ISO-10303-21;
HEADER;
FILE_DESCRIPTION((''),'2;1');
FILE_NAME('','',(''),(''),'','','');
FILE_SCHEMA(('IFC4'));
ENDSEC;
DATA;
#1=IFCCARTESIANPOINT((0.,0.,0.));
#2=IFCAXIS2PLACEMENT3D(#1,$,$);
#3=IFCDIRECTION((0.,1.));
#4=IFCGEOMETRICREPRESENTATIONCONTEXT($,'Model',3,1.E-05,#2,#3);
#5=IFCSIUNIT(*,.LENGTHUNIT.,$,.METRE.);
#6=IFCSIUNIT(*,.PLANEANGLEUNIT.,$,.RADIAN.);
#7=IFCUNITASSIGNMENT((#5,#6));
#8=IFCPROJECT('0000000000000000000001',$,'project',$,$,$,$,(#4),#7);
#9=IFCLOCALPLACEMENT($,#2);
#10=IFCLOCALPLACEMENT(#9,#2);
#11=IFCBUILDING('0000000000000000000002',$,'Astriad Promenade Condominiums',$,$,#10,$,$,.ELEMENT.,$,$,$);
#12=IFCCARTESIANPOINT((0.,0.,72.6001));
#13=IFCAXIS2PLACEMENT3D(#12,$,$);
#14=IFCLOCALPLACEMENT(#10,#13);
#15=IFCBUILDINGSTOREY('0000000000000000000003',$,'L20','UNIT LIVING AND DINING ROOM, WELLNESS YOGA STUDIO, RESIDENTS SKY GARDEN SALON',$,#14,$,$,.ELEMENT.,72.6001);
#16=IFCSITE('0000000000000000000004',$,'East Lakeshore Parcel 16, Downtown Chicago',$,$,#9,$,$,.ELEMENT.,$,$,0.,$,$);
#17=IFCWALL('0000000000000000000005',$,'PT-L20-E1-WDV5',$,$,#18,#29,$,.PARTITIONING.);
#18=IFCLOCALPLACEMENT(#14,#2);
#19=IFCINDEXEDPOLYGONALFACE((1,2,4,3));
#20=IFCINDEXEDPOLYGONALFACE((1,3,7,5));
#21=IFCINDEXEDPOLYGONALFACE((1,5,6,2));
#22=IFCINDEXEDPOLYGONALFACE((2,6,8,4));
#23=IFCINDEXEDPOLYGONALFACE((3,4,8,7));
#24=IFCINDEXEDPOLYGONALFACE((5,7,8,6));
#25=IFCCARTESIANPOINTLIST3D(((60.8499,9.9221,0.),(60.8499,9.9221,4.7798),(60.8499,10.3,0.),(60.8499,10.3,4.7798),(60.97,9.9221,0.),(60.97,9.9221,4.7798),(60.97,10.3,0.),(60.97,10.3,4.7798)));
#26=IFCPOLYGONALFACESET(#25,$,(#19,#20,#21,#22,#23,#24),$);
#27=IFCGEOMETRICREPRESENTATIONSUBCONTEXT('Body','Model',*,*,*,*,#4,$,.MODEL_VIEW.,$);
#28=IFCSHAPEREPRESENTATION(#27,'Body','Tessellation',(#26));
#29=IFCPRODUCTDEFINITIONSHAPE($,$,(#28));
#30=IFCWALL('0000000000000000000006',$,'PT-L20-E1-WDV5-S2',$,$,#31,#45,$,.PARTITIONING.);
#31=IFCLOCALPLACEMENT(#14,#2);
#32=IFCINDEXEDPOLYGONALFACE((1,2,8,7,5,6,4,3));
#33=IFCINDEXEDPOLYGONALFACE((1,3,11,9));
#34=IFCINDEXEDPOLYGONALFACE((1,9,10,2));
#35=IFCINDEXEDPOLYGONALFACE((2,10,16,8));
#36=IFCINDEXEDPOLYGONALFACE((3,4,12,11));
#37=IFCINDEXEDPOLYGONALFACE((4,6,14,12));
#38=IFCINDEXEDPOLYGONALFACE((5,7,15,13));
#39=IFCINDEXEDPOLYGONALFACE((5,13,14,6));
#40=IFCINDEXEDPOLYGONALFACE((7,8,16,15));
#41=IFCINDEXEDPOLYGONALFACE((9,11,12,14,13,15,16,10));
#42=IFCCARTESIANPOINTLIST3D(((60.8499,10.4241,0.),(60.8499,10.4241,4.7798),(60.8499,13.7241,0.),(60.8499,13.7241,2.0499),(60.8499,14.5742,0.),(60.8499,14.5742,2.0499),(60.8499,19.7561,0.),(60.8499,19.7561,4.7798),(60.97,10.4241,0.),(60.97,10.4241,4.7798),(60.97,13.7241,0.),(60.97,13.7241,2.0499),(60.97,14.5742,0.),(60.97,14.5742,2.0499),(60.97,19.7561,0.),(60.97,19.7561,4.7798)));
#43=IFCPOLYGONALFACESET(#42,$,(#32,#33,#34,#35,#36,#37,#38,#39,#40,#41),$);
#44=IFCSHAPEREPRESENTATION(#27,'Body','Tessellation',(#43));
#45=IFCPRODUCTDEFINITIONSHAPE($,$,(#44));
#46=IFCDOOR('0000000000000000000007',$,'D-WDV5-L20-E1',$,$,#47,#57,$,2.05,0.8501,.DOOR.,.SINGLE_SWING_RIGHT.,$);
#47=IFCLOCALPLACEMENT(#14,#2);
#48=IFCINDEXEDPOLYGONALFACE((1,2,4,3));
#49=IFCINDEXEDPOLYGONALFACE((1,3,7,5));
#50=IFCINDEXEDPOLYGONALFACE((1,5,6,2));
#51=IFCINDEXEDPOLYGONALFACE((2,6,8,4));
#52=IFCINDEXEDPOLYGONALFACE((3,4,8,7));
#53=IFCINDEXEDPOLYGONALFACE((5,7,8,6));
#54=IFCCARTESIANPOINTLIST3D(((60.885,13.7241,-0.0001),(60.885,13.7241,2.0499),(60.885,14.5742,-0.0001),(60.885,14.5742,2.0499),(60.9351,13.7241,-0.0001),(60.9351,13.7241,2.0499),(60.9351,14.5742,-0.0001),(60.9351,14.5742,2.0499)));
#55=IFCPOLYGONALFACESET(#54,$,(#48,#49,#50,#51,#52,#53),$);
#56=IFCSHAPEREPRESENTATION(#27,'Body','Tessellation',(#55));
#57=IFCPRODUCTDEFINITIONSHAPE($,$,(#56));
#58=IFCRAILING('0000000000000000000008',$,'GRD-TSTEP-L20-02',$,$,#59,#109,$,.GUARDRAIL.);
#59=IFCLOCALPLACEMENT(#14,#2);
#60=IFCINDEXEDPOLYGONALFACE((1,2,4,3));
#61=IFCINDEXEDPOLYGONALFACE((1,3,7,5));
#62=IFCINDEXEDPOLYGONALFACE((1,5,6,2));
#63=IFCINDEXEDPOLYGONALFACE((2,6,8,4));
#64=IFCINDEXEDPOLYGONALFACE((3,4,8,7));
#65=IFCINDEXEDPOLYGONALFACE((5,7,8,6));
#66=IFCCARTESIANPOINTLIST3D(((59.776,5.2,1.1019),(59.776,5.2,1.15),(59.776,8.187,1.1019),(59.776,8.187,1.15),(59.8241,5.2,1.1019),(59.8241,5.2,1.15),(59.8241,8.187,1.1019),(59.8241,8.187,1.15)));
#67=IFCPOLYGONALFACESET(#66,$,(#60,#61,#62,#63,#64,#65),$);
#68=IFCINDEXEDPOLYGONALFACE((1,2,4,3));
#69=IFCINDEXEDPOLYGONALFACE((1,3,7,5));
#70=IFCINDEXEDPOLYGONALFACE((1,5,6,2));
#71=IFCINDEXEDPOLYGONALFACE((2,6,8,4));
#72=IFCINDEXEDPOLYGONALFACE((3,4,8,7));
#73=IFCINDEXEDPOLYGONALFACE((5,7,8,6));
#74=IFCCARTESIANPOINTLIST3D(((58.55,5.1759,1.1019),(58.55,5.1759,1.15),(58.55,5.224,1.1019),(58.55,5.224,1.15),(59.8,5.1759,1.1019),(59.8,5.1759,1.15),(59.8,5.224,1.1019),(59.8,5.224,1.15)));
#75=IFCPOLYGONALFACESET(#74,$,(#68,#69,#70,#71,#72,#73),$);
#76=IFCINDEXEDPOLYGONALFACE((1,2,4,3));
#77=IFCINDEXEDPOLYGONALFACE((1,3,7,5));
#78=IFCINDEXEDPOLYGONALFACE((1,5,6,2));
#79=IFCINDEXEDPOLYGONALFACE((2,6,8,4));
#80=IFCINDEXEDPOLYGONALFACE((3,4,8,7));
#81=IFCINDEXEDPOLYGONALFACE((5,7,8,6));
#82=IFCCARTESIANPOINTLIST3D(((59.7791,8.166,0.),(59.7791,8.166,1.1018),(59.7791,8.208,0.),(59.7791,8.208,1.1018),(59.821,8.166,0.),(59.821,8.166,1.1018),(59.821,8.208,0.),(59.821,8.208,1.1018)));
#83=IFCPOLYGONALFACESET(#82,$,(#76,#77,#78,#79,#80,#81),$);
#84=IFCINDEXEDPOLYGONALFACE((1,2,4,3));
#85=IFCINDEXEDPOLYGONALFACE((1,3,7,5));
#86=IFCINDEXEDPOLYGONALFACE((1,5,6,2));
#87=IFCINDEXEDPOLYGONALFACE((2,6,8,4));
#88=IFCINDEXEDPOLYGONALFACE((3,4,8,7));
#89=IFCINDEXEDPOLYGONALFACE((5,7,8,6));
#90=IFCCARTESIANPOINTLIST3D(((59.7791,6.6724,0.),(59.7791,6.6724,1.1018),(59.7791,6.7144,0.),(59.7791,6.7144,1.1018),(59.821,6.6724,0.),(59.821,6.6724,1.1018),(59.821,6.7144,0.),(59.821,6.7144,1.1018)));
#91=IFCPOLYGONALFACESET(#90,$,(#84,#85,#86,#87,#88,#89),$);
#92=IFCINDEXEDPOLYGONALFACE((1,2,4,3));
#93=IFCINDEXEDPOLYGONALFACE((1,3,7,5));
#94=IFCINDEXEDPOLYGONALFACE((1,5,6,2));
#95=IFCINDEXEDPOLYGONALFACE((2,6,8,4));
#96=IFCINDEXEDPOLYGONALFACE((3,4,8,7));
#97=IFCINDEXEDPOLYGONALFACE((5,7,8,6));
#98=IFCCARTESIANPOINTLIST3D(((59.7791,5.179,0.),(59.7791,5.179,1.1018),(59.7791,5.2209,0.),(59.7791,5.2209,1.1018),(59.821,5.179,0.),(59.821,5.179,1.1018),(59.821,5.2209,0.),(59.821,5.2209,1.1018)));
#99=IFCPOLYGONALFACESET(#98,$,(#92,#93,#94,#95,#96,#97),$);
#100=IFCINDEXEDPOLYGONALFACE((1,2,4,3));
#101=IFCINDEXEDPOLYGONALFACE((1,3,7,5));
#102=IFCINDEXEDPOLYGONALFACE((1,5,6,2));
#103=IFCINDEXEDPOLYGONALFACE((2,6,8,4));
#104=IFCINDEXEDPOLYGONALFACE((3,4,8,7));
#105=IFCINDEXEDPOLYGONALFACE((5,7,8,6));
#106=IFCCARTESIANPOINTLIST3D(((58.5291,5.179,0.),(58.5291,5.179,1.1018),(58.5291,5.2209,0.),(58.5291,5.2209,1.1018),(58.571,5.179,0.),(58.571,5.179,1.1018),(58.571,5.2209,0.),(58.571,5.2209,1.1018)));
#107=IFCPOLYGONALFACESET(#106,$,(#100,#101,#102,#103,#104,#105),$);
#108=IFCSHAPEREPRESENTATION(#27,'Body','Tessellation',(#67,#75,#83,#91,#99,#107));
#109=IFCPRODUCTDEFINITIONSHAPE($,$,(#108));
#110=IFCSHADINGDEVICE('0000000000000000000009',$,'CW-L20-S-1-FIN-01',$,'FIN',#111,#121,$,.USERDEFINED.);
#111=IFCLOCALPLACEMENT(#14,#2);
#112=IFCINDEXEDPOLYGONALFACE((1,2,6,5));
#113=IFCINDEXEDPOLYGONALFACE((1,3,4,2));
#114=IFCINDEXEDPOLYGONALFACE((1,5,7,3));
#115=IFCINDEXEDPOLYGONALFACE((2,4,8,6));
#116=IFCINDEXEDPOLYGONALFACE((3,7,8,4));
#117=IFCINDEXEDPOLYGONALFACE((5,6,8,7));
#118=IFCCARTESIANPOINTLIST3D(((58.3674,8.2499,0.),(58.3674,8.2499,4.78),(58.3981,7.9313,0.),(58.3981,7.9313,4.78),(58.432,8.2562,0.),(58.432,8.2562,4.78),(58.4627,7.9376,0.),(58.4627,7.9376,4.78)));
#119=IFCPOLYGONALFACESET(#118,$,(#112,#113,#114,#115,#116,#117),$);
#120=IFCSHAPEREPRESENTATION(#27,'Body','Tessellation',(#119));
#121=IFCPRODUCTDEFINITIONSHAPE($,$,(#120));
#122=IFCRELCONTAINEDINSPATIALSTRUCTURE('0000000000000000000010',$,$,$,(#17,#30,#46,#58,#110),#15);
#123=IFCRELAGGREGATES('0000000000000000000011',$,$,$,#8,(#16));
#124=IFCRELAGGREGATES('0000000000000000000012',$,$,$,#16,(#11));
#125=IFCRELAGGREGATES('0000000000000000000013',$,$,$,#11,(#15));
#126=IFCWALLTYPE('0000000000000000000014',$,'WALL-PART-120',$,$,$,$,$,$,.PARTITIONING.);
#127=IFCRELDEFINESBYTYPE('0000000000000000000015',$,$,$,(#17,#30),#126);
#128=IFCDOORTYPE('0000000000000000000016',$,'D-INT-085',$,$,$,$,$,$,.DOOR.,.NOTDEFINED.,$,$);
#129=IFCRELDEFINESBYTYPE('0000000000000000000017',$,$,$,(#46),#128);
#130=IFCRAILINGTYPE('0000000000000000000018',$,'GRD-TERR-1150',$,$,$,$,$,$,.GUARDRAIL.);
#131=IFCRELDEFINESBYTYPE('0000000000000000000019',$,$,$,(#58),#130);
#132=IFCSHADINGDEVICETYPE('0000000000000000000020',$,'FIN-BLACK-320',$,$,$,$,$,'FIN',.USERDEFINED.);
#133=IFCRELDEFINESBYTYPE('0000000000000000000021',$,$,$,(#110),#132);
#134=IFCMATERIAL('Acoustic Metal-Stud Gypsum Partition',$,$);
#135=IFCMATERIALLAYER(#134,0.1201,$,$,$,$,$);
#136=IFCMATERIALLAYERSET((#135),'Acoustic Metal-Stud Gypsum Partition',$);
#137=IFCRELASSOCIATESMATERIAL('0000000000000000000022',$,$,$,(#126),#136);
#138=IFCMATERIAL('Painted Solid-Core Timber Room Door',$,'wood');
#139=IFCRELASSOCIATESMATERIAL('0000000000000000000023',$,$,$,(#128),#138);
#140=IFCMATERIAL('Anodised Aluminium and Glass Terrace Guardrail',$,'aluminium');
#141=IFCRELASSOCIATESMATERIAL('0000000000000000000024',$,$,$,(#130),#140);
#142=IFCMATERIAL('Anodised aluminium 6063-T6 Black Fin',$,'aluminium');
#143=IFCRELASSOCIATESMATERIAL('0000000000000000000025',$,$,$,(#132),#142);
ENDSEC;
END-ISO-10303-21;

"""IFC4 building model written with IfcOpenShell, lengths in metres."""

from ifc_helpers import new_model, si_unit, direction, frame, frame_2d, origin, origin_2d, place, context, subcontext, project, spatial, rectangle, extrude, source, transform, mapped, material, layer, layer_set, type_object, type_shapes, element, fill, save


model = new_model("IFC4")

# Units and contexts
model_context = context("Model", 3, precision=1e-05, world=origin(), true_north=direction((0.0, 1.0)))
body_context = subcontext(model_context, "Body", "Model", "MODEL_VIEW")
ifc_project = project(units=[si_unit("LENGTHUNIT", "METRE"), si_unit("PLANEANGLEUNIT", "RADIAN")], contexts=[model_context])

# Site, building, storey
site_placement = place(None, origin())
site = spatial("IfcSite", under=ifc_project, at=site_placement, Name="East Lakeshore Parcel 16, Downtown Chicago", CompositionType="ELEMENT", RefElevation=0.0)
building_placement = place(site_placement, origin())
building = spatial("IfcBuilding", under=site, at=building_placement, Name="Astriad Promenade Condominiums", CompositionType="ELEMENT")
storey_placement = place(building_placement, frame((0.0, 0.0, 72.6001)))
storey = spatial("IfcBuildingStorey", under=building, at=storey_placement, Name="L20", Description="UNIT LIVING AND DINING ROOM, WELLNESS YOGA STUDIO, RESIDENTS SKY GARDEN SALON", CompositionType="ELEMENT", Elevation=72.6001)

# Shared definitions
ifc_material_1 = material(Name="Acoustic Metal-Stud Gypsum Partition")
ifc_layer_1 = layer(ifc_material_1, 0.1201)
ifc_layer_set_1 = layer_set([ifc_layer_1], Name="Acoustic Metal-Stud Gypsum Partition")
wall_type = type_object("IfcWallType", Name="WALL-PART-120", PredefinedType="PARTITIONING", material=ifc_layer_set_1)

# Wall
wall_1_placement = place(storey_placement, frame((60.9099, 9.9221, 0.0), z_axis=(0.0, 0.0, 1.0), x_axis=(0.0, 1.0, 0.0)))
element("IfcWall", 1, at=wall_1_placement, inside=storey, type_object=wall_type, Name="PT-L20-E1-WDV5", PredefinedType="PARTITIONING", context=body_context, shape_type="SweptSolid", body=[
    extrude(rectangle(XDim=0.3779, YDim=0.1201, at=frame_2d((0.189, 0.0))), origin(), (0.0, 0.0, 1.0), 4.7798),
])

# Wall, opening, door
wall_2_placement = place(storey_placement, frame((60.9099, 10.4241, 0.0), z_axis=(0.0, 0.0, 1.0), x_axis=(0.0, 1.0, 0.0)))
wall_2 = element("IfcWall", 2, at=wall_2_placement, inside=storey, type_object=wall_type, Name="PT-L20-E1-WDV5-S2", PredefinedType="PARTITIONING", context=body_context, shape_type="SweptSolid", body=[
    extrude(rectangle(XDim=9.332, YDim=0.1201, at=frame_2d((4.666, 0.0))), origin(), (0.0, 0.0, 1.0), 4.7798),
])
opening_1_placement = place(wall_2_placement, frame((3.3, 0.0, 0.0)))
opening_1 = element("IfcOpeningElement", 3, at=opening_1_placement, cuts=wall_2, PredefinedType="OPENING", context=body_context, shape_type="SweptSolid", body=[
    extrude(rectangle(XDim=0.8501, YDim=2.05, at=frame_2d((0.425, 1.0249))), frame((0.0, 0.0701, 0.0), z_axis=(0.0, -1.0, 0.0), x_axis=(1.0, 0.0, 0.0)), (0.0, 0.0, 1.0), 0.1401),
])
ifc_material_2 = material(Name="Painted Solid-Core Timber Room Door", Category="wood")
door_type_1 = type_object("IfcDoorType", Name="D-INT-085", OperationType="NOTDEFINED", PredefinedType="DOOR", material=ifc_material_2)
shared_shape_1 = source(origin(), body_context, "Body", "SweptSolid", [
    extrude(rectangle(XDim=0.8501, YDim=2.05, at=frame_2d((0.425, 1.0249))), frame((0.0, 0.0249, 0.0), z_axis=(0.0, -1.0, 0.0), x_axis=(1.0, 0.0, 0.0)), (0.0, 0.0, 1.0), 0.05),
])
type_shapes(door_type_1, [shared_shape_1])
door_1_placement = place(opening_1_placement, origin())
door_1 = element("IfcDoor", 4, at=door_1_placement, inside=storey, type_object=door_type_1, Name="D-WDV5-L20-E1", OperationType="SINGLE_SWING_RIGHT", OverallHeight=2.05, OverallWidth=0.8501, PredefinedType="DOOR", context=body_context, shape_type="MappedRepresentation", body=[
    mapped(shared_shape_1, transform((0.0, 0.0, 0.0), scale=1.0)),
])
fill(opening_1, door_1)

# Railing
ifc_material_3 = material(Name="Anodised Aluminium and Glass Terrace Guardrail", Category="aluminium")
railing_type = type_object("IfcRailingType", Name="GRD-TERR-1150", PredefinedType="GUARDRAIL", material=ifc_material_3)
shared_shape_2 = source(origin(), body_context, "Body", "SweptSolid", [
    extrude(rectangle(XDim=0.0481, YDim=0.0481, at=origin_2d()), frame((0.0, 0.0, 1.126), z_axis=(0.0, -1.0, 0.0), x_axis=(1.0, 0.0, 0.0)), (0.0, 0.0, 1.0), 2.9871),
    extrude(rectangle(XDim=0.0481, YDim=0.0481, at=origin_2d()), frame((0.0, -2.9871, 1.126), z_axis=(-1.0, 0.0, 0.0), x_axis=(0.0, -1.0, 0.0)), (0.0, 0.0, 1.0), 1.25),
    extrude(rectangle(XDim=0.042, YDim=0.042, at=origin_2d()), origin(), (0.0, 0.0, 1.0), 1.1018),
    extrude(rectangle(XDim=0.042, YDim=0.042, at=origin_2d()), frame((0.0, -1.4937, 0.0)), (0.0, 0.0, 1.0), 1.1018),
    extrude(rectangle(XDim=0.042, YDim=0.042, at=origin_2d()), frame((0.0, -2.9871, 0.0)), (0.0, 0.0, 1.0), 1.1018),
    extrude(rectangle(XDim=0.042, YDim=0.042, at=origin_2d()), frame((-1.25, -2.9871, 0.0)), (0.0, 0.0, 1.0), 1.1018),
])
railing_1_placement = place(storey_placement, frame((59.8, 8.187, 0.0)))
element("IfcRailing", 5, at=railing_1_placement, inside=storey, type_object=railing_type, Name="GRD-TSTEP-L20-02", PredefinedType="GUARDRAIL", context=body_context, shape_type="MappedRepresentation", body=[
    mapped(shared_shape_2, transform((0.0, 0.0, 0.0), scale=1.0)),
])

# Shading device
ifc_material_4 = material(Name="Anodised aluminium 6063-T6 Black Fin", Category="aluminium")
shading_device_type = type_object("IfcShadingDeviceType", Name="FIN-BLACK-320", ElementType="FIN", PredefinedType="USERDEFINED", material=ifc_material_4)
shared_shape_3 = source(origin(), body_context, "Body", "SweptSolid", [
    extrude(rectangle(XDim=0.0649, YDim=0.3201, at=origin_2d()), origin(), (0.0, 0.0, 1.0), 4.78),
])
type_shapes(shading_device_type, [shared_shape_3])
shading_device_placement = place(storey_placement, frame((58.415, 8.0938, 0.0), z_axis=(0.0, 0.0, 1.0), x_axis=(-0.995396, -0.095846, 0.0)))
element("IfcShadingDevice", 6, at=shading_device_placement, inside=storey, type_object=shading_device_type, Name="CW-L20-S-1-FIN-01", ObjectType="FIN", PredefinedType="USERDEFINED", context=body_context, shape_type="MappedRepresentation", body=[
    mapped(shared_shape_3, transform((0.0, 0.0, 0.0), scale=1.0)),
])

save(model, "model.ifc")
